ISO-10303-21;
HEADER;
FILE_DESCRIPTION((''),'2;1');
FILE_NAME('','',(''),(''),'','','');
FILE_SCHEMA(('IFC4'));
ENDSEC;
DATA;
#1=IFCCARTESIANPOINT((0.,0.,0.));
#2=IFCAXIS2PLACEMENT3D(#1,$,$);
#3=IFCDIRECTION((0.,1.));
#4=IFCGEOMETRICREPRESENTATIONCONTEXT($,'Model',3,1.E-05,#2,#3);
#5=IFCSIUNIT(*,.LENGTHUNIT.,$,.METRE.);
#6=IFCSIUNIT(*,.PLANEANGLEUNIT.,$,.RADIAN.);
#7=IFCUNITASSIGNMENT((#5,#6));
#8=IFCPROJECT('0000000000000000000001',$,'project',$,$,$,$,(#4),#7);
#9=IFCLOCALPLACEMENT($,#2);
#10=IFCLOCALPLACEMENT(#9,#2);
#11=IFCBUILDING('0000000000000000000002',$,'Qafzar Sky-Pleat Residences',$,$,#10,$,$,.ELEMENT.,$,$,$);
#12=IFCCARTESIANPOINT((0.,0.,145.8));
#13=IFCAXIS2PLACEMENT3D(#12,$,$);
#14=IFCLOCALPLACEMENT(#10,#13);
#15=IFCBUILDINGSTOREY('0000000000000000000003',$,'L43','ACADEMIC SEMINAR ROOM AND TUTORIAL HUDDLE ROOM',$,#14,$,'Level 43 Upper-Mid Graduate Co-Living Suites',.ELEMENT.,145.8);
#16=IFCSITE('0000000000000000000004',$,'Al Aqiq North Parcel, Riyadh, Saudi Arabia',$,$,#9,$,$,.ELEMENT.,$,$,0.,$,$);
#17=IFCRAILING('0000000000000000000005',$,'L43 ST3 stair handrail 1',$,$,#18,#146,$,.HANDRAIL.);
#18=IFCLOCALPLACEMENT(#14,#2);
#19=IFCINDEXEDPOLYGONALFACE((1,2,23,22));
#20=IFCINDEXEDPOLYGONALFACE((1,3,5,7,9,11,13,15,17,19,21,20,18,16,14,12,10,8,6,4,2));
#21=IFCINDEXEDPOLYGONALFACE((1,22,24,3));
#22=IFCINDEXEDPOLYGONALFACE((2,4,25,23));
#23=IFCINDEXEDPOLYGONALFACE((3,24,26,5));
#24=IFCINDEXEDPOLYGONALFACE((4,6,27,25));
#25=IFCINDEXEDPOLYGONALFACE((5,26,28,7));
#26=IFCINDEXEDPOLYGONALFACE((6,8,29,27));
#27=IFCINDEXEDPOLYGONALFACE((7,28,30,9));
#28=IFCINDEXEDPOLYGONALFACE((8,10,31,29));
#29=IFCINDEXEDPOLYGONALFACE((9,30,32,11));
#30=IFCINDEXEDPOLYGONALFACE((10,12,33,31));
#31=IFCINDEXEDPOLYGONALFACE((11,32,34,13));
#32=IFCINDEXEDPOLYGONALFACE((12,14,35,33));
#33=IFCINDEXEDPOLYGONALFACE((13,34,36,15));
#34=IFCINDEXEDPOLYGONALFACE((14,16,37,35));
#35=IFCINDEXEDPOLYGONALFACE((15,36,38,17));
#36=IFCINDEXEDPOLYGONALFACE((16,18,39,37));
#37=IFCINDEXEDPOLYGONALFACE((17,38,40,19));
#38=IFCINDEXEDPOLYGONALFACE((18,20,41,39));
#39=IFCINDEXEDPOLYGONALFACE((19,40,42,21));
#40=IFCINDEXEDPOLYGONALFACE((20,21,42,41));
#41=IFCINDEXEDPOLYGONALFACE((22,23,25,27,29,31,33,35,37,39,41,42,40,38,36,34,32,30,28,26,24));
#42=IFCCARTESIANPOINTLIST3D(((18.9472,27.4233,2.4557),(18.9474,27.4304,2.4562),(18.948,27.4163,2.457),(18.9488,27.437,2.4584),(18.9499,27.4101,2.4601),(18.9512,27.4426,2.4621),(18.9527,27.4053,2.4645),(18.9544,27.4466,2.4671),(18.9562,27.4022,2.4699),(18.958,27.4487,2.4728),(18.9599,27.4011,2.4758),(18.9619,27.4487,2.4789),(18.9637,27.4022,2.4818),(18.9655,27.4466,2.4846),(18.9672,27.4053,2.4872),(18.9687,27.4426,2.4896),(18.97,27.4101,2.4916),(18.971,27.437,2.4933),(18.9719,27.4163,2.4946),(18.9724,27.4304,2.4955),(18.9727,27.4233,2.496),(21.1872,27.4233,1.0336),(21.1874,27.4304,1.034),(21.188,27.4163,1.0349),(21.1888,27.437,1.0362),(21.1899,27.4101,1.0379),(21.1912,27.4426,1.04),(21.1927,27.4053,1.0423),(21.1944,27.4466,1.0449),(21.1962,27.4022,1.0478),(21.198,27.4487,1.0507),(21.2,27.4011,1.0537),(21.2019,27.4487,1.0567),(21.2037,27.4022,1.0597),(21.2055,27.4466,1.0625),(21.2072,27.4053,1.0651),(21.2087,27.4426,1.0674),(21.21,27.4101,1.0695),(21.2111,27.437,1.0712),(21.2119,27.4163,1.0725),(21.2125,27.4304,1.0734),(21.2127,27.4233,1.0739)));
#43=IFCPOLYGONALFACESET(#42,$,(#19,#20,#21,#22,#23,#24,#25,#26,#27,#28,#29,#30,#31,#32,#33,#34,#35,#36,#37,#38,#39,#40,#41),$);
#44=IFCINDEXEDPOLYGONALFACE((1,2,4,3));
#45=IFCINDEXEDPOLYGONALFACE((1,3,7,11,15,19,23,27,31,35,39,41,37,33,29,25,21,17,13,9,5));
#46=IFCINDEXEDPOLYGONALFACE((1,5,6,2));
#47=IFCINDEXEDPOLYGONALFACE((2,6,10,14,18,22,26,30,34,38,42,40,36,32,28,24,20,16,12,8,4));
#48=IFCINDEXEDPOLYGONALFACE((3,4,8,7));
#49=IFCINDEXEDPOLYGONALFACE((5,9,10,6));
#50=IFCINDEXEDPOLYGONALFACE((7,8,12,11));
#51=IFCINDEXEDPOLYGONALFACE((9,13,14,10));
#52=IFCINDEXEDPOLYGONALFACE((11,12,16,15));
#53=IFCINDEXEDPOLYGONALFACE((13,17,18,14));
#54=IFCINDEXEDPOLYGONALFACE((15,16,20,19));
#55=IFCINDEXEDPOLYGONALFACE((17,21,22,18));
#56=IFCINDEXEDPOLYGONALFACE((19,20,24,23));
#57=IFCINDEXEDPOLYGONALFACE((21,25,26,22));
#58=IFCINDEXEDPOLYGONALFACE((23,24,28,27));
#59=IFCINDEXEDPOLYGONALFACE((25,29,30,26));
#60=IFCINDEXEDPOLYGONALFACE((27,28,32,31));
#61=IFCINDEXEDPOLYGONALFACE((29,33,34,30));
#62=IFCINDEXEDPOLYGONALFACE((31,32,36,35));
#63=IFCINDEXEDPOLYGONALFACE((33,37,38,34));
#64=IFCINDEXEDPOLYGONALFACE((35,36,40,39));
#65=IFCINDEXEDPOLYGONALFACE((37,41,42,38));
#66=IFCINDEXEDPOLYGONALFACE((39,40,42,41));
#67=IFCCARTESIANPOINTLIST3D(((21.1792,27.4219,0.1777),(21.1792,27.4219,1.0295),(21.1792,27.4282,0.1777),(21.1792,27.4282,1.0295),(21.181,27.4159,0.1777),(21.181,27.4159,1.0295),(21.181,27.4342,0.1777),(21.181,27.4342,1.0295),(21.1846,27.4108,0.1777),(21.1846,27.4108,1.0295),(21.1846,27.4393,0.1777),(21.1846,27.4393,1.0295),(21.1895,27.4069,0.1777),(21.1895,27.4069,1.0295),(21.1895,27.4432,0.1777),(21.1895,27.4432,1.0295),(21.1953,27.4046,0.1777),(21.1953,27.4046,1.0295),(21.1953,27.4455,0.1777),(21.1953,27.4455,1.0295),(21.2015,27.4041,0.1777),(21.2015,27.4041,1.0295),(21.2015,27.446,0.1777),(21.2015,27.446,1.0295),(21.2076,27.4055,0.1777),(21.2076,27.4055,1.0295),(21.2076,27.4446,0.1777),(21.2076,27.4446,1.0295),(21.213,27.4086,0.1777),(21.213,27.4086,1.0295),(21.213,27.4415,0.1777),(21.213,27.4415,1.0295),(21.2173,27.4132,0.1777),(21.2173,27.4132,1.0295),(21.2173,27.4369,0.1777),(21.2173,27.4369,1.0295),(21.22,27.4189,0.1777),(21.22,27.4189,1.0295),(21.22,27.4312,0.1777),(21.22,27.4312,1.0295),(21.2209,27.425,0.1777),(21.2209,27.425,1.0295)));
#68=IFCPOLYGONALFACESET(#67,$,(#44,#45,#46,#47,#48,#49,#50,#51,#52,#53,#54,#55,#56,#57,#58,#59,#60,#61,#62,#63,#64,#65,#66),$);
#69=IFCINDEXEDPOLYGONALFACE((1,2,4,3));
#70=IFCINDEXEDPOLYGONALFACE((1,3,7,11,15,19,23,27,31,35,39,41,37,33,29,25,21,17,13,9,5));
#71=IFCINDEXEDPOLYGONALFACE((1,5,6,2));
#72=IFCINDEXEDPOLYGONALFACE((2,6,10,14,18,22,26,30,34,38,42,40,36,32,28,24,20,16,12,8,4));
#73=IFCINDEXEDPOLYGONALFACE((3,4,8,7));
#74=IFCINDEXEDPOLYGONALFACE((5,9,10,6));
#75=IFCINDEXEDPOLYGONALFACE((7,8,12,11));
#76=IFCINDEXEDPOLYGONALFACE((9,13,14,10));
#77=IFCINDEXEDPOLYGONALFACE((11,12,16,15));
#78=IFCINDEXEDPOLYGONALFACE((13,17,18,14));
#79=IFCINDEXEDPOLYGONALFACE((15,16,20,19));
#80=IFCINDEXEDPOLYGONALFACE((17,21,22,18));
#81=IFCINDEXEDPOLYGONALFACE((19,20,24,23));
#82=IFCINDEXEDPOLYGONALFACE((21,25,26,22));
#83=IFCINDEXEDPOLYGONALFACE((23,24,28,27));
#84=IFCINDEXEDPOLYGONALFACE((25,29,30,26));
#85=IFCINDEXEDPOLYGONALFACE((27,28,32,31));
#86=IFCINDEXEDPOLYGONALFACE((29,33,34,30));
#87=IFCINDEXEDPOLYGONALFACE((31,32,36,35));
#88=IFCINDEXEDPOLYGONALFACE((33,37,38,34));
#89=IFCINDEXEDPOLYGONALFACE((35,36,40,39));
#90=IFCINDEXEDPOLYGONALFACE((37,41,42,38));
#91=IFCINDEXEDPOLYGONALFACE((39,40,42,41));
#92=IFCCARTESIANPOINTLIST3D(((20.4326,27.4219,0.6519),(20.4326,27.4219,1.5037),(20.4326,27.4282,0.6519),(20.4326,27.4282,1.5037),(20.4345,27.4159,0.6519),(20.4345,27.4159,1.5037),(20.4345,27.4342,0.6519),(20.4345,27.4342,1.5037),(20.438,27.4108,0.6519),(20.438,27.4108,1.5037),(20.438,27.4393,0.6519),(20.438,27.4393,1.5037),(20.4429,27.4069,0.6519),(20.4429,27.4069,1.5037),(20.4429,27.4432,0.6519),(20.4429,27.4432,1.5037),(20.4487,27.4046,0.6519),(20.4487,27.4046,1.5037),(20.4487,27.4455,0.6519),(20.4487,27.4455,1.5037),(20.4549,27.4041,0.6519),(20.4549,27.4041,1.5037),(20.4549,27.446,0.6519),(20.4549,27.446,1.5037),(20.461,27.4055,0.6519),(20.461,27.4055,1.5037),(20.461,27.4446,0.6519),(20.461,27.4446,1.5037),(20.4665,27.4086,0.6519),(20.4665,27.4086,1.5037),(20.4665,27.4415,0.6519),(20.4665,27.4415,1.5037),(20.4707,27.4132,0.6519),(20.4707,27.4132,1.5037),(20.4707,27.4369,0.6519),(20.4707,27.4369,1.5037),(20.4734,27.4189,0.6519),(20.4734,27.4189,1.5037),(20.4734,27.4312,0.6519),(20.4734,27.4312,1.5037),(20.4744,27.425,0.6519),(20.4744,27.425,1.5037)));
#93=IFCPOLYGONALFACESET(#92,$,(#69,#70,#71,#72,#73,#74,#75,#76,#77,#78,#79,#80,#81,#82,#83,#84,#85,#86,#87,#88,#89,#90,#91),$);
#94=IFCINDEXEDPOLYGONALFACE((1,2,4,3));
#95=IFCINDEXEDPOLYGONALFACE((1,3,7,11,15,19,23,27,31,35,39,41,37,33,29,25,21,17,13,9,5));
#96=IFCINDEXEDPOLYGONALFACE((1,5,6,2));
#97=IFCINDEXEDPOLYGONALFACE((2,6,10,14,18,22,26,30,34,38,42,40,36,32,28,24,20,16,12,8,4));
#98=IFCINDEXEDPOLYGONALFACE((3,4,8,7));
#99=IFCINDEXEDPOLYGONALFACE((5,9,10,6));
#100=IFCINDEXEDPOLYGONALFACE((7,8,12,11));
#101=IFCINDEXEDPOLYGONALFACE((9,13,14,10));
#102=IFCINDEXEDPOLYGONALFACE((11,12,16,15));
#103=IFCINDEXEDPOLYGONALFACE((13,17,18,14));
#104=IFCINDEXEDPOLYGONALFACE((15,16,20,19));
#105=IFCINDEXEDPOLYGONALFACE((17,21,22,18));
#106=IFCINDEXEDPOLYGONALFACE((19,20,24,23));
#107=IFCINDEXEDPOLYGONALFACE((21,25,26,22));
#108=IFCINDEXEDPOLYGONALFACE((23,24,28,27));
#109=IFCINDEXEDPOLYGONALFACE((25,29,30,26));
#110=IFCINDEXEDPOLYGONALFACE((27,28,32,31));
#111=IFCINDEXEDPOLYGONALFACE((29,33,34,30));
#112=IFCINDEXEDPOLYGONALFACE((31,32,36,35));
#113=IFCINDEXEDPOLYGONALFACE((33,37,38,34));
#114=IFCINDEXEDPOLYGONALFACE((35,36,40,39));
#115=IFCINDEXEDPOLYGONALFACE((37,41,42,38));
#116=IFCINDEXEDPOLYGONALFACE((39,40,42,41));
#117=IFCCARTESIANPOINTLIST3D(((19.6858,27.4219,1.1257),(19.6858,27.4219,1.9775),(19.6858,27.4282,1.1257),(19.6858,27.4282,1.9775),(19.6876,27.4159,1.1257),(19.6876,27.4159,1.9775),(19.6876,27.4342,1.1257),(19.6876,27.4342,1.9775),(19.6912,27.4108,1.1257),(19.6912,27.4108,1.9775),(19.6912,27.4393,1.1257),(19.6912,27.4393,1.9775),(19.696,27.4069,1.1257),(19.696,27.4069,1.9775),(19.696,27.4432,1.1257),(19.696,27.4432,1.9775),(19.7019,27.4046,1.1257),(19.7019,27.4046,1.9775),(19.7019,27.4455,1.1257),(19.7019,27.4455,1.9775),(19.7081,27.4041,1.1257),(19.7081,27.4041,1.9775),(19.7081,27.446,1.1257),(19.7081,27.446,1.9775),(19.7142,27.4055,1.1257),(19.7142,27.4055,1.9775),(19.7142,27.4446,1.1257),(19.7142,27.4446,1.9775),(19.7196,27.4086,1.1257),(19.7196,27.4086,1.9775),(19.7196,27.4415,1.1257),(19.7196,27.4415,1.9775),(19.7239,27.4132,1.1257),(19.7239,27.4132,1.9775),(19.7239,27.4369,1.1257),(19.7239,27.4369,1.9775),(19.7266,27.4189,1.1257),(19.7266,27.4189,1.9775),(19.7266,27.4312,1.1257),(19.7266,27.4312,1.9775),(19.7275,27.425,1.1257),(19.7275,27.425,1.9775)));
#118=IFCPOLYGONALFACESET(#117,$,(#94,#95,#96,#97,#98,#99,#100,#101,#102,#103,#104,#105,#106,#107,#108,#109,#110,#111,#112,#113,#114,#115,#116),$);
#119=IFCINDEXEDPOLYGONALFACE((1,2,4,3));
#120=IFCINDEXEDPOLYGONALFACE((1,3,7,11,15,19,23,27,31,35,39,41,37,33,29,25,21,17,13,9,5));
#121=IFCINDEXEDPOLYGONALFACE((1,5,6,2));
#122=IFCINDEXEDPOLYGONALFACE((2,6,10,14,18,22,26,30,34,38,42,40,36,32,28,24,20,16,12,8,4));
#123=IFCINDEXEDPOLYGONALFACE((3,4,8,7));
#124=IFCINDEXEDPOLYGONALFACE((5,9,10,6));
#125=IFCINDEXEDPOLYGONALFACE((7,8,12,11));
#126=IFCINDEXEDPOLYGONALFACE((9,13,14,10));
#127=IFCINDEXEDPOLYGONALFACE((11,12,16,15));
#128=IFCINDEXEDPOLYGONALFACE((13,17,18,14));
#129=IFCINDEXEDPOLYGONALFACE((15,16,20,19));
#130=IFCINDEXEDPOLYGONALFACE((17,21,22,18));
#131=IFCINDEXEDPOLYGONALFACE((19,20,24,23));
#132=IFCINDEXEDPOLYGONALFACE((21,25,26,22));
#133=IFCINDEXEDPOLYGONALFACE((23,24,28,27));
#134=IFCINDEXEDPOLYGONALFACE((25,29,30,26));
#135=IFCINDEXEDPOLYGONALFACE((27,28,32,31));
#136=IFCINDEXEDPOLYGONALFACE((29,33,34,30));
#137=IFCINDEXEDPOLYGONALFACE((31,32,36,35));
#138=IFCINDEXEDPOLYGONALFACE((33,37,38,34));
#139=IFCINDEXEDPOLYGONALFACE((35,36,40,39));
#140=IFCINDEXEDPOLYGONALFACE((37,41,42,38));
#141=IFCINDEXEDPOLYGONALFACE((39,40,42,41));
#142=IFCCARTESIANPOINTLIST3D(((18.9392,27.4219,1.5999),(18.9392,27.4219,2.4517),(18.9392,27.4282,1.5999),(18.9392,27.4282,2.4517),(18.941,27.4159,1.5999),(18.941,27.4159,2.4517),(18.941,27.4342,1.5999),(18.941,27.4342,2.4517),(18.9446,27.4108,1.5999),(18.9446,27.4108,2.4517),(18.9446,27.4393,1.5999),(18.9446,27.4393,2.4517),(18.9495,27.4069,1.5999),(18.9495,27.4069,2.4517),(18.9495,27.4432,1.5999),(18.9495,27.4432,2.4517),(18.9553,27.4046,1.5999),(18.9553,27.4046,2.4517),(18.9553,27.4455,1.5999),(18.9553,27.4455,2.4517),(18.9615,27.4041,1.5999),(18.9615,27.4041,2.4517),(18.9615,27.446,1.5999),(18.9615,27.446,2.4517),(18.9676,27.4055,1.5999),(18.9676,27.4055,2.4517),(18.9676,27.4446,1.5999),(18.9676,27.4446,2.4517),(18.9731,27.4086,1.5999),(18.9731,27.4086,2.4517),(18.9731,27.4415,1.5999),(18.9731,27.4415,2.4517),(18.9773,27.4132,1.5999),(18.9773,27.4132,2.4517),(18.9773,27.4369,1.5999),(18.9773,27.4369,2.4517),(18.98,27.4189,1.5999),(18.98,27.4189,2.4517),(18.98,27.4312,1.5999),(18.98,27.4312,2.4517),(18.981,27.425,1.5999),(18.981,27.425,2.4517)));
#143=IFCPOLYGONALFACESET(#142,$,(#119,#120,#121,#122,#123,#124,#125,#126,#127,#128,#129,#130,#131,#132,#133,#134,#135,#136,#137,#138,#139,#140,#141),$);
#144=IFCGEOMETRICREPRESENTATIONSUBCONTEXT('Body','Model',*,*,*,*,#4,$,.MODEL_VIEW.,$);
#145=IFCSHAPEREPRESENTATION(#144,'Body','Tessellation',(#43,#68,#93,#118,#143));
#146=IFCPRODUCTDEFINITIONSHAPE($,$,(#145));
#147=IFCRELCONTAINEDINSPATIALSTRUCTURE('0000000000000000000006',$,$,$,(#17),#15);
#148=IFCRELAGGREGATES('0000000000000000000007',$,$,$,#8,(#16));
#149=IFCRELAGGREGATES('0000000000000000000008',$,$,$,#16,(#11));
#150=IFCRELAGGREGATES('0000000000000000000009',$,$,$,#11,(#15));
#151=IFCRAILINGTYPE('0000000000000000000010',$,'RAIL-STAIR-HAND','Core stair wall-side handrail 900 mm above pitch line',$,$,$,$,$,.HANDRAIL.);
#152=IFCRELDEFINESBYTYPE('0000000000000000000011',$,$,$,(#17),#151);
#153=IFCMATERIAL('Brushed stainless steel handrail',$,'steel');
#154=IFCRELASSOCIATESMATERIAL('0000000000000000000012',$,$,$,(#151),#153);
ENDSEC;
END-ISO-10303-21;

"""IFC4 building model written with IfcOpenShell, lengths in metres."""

from ifc_helpers import new_model, si_unit, direction, frame, origin, origin_2d, place, context, subcontext, project, spatial, circle, extrude, source, transform, mapped, material, type_object, element, save


model = new_model("IFC4")

# Units and contexts
model_context = context("Model", 3, precision=1e-05, world=origin(), true_north=direction((0.0, 1.0)))
body_context = subcontext(model_context, "Body", "Model", "MODEL_VIEW")
ifc_project = project(units=[si_unit("LENGTHUNIT", "METRE"), si_unit("PLANEANGLEUNIT", "RADIAN")], contexts=[model_context])

# Site, building, storey
site_placement = place(None, origin())
site = spatial("IfcSite", under=ifc_project, at=site_placement, Name="Al Aqiq North Parcel, Riyadh, Saudi Arabia", CompositionType="ELEMENT", RefElevation=0.0)
building_placement = place(site_placement, origin())
building = spatial("IfcBuilding", under=site, at=building_placement, Name="Qafzar Sky-Pleat Residences", CompositionType="ELEMENT")
storey_placement = place(building_placement, frame((0.0, 0.0, 145.8)))
storey = spatial("IfcBuildingStorey", under=building, at=storey_placement, Name="L43", Description="ACADEMIC SEMINAR ROOM AND TUTORIAL HUDDLE ROOM", LongName="Level 43 Upper-Mid Graduate Co-Living Suites", CompositionType="ELEMENT", Elevation=145.8)

# Railing
ifc_material_1 = material(Name="Brushed stainless steel handrail", Category="steel")
railing_type_1 = type_object("IfcRailingType", Name="RAIL-STAIR-HAND", Description="Core stair wall-side handrail 900 mm above pitch line", PredefinedType="HANDRAIL", material=ifc_material_1)
shared_shape_1 = source(origin(), body_context, "Body", "SweptSolid", [
    extrude(circle(Radius=0.0239, at=origin_2d()), frame((0.0, 0.0, 0.876), z_axis=(-0.844229, 0.0, 0.535982), x_axis=(0.0, -1.0, 0.0)), (0.0, 0.0, 1.0), 2.6533),
    extrude(circle(Radius=0.021, at=origin_2d()), origin(), (0.0, 0.0, 1.0), 0.8518),
    extrude(circle(Radius=0.021, at=origin_2d()), frame((-0.7466, 0.0, 0.4741)), (0.0, 0.0, 1.0), 0.8518),
    extrude(circle(Radius=0.021, at=origin_2d()), frame((-1.4934, 0.0, 0.948)), (0.0, 0.0, 1.0), 0.8518),
    extrude(circle(Radius=0.021, at=origin_2d()), frame((-2.24, 0.0, 1.4221)), (0.0, 0.0, 1.0), 0.8518),
])
railing_1_placement = place(storey_placement, frame((21.2, 27.425, 0.1777)))
element("IfcRailing", 1, at=railing_1_placement, inside=storey, type_object=railing_type_1, Name="L43 ST3 stair handrail 1", PredefinedType="HANDRAIL", context=body_context, shape_type="MappedRepresentation", body=[
    mapped(shared_shape_1, transform((0.0, 0.0, 0.0), x_axis=(1.0, 0.0, 0.0), y_axis=(0.0, 1.0, 0.0), z_axis=(0.0, 0.0, 1.0), scale=1.0)),
])

save(model, "model.ifc")
